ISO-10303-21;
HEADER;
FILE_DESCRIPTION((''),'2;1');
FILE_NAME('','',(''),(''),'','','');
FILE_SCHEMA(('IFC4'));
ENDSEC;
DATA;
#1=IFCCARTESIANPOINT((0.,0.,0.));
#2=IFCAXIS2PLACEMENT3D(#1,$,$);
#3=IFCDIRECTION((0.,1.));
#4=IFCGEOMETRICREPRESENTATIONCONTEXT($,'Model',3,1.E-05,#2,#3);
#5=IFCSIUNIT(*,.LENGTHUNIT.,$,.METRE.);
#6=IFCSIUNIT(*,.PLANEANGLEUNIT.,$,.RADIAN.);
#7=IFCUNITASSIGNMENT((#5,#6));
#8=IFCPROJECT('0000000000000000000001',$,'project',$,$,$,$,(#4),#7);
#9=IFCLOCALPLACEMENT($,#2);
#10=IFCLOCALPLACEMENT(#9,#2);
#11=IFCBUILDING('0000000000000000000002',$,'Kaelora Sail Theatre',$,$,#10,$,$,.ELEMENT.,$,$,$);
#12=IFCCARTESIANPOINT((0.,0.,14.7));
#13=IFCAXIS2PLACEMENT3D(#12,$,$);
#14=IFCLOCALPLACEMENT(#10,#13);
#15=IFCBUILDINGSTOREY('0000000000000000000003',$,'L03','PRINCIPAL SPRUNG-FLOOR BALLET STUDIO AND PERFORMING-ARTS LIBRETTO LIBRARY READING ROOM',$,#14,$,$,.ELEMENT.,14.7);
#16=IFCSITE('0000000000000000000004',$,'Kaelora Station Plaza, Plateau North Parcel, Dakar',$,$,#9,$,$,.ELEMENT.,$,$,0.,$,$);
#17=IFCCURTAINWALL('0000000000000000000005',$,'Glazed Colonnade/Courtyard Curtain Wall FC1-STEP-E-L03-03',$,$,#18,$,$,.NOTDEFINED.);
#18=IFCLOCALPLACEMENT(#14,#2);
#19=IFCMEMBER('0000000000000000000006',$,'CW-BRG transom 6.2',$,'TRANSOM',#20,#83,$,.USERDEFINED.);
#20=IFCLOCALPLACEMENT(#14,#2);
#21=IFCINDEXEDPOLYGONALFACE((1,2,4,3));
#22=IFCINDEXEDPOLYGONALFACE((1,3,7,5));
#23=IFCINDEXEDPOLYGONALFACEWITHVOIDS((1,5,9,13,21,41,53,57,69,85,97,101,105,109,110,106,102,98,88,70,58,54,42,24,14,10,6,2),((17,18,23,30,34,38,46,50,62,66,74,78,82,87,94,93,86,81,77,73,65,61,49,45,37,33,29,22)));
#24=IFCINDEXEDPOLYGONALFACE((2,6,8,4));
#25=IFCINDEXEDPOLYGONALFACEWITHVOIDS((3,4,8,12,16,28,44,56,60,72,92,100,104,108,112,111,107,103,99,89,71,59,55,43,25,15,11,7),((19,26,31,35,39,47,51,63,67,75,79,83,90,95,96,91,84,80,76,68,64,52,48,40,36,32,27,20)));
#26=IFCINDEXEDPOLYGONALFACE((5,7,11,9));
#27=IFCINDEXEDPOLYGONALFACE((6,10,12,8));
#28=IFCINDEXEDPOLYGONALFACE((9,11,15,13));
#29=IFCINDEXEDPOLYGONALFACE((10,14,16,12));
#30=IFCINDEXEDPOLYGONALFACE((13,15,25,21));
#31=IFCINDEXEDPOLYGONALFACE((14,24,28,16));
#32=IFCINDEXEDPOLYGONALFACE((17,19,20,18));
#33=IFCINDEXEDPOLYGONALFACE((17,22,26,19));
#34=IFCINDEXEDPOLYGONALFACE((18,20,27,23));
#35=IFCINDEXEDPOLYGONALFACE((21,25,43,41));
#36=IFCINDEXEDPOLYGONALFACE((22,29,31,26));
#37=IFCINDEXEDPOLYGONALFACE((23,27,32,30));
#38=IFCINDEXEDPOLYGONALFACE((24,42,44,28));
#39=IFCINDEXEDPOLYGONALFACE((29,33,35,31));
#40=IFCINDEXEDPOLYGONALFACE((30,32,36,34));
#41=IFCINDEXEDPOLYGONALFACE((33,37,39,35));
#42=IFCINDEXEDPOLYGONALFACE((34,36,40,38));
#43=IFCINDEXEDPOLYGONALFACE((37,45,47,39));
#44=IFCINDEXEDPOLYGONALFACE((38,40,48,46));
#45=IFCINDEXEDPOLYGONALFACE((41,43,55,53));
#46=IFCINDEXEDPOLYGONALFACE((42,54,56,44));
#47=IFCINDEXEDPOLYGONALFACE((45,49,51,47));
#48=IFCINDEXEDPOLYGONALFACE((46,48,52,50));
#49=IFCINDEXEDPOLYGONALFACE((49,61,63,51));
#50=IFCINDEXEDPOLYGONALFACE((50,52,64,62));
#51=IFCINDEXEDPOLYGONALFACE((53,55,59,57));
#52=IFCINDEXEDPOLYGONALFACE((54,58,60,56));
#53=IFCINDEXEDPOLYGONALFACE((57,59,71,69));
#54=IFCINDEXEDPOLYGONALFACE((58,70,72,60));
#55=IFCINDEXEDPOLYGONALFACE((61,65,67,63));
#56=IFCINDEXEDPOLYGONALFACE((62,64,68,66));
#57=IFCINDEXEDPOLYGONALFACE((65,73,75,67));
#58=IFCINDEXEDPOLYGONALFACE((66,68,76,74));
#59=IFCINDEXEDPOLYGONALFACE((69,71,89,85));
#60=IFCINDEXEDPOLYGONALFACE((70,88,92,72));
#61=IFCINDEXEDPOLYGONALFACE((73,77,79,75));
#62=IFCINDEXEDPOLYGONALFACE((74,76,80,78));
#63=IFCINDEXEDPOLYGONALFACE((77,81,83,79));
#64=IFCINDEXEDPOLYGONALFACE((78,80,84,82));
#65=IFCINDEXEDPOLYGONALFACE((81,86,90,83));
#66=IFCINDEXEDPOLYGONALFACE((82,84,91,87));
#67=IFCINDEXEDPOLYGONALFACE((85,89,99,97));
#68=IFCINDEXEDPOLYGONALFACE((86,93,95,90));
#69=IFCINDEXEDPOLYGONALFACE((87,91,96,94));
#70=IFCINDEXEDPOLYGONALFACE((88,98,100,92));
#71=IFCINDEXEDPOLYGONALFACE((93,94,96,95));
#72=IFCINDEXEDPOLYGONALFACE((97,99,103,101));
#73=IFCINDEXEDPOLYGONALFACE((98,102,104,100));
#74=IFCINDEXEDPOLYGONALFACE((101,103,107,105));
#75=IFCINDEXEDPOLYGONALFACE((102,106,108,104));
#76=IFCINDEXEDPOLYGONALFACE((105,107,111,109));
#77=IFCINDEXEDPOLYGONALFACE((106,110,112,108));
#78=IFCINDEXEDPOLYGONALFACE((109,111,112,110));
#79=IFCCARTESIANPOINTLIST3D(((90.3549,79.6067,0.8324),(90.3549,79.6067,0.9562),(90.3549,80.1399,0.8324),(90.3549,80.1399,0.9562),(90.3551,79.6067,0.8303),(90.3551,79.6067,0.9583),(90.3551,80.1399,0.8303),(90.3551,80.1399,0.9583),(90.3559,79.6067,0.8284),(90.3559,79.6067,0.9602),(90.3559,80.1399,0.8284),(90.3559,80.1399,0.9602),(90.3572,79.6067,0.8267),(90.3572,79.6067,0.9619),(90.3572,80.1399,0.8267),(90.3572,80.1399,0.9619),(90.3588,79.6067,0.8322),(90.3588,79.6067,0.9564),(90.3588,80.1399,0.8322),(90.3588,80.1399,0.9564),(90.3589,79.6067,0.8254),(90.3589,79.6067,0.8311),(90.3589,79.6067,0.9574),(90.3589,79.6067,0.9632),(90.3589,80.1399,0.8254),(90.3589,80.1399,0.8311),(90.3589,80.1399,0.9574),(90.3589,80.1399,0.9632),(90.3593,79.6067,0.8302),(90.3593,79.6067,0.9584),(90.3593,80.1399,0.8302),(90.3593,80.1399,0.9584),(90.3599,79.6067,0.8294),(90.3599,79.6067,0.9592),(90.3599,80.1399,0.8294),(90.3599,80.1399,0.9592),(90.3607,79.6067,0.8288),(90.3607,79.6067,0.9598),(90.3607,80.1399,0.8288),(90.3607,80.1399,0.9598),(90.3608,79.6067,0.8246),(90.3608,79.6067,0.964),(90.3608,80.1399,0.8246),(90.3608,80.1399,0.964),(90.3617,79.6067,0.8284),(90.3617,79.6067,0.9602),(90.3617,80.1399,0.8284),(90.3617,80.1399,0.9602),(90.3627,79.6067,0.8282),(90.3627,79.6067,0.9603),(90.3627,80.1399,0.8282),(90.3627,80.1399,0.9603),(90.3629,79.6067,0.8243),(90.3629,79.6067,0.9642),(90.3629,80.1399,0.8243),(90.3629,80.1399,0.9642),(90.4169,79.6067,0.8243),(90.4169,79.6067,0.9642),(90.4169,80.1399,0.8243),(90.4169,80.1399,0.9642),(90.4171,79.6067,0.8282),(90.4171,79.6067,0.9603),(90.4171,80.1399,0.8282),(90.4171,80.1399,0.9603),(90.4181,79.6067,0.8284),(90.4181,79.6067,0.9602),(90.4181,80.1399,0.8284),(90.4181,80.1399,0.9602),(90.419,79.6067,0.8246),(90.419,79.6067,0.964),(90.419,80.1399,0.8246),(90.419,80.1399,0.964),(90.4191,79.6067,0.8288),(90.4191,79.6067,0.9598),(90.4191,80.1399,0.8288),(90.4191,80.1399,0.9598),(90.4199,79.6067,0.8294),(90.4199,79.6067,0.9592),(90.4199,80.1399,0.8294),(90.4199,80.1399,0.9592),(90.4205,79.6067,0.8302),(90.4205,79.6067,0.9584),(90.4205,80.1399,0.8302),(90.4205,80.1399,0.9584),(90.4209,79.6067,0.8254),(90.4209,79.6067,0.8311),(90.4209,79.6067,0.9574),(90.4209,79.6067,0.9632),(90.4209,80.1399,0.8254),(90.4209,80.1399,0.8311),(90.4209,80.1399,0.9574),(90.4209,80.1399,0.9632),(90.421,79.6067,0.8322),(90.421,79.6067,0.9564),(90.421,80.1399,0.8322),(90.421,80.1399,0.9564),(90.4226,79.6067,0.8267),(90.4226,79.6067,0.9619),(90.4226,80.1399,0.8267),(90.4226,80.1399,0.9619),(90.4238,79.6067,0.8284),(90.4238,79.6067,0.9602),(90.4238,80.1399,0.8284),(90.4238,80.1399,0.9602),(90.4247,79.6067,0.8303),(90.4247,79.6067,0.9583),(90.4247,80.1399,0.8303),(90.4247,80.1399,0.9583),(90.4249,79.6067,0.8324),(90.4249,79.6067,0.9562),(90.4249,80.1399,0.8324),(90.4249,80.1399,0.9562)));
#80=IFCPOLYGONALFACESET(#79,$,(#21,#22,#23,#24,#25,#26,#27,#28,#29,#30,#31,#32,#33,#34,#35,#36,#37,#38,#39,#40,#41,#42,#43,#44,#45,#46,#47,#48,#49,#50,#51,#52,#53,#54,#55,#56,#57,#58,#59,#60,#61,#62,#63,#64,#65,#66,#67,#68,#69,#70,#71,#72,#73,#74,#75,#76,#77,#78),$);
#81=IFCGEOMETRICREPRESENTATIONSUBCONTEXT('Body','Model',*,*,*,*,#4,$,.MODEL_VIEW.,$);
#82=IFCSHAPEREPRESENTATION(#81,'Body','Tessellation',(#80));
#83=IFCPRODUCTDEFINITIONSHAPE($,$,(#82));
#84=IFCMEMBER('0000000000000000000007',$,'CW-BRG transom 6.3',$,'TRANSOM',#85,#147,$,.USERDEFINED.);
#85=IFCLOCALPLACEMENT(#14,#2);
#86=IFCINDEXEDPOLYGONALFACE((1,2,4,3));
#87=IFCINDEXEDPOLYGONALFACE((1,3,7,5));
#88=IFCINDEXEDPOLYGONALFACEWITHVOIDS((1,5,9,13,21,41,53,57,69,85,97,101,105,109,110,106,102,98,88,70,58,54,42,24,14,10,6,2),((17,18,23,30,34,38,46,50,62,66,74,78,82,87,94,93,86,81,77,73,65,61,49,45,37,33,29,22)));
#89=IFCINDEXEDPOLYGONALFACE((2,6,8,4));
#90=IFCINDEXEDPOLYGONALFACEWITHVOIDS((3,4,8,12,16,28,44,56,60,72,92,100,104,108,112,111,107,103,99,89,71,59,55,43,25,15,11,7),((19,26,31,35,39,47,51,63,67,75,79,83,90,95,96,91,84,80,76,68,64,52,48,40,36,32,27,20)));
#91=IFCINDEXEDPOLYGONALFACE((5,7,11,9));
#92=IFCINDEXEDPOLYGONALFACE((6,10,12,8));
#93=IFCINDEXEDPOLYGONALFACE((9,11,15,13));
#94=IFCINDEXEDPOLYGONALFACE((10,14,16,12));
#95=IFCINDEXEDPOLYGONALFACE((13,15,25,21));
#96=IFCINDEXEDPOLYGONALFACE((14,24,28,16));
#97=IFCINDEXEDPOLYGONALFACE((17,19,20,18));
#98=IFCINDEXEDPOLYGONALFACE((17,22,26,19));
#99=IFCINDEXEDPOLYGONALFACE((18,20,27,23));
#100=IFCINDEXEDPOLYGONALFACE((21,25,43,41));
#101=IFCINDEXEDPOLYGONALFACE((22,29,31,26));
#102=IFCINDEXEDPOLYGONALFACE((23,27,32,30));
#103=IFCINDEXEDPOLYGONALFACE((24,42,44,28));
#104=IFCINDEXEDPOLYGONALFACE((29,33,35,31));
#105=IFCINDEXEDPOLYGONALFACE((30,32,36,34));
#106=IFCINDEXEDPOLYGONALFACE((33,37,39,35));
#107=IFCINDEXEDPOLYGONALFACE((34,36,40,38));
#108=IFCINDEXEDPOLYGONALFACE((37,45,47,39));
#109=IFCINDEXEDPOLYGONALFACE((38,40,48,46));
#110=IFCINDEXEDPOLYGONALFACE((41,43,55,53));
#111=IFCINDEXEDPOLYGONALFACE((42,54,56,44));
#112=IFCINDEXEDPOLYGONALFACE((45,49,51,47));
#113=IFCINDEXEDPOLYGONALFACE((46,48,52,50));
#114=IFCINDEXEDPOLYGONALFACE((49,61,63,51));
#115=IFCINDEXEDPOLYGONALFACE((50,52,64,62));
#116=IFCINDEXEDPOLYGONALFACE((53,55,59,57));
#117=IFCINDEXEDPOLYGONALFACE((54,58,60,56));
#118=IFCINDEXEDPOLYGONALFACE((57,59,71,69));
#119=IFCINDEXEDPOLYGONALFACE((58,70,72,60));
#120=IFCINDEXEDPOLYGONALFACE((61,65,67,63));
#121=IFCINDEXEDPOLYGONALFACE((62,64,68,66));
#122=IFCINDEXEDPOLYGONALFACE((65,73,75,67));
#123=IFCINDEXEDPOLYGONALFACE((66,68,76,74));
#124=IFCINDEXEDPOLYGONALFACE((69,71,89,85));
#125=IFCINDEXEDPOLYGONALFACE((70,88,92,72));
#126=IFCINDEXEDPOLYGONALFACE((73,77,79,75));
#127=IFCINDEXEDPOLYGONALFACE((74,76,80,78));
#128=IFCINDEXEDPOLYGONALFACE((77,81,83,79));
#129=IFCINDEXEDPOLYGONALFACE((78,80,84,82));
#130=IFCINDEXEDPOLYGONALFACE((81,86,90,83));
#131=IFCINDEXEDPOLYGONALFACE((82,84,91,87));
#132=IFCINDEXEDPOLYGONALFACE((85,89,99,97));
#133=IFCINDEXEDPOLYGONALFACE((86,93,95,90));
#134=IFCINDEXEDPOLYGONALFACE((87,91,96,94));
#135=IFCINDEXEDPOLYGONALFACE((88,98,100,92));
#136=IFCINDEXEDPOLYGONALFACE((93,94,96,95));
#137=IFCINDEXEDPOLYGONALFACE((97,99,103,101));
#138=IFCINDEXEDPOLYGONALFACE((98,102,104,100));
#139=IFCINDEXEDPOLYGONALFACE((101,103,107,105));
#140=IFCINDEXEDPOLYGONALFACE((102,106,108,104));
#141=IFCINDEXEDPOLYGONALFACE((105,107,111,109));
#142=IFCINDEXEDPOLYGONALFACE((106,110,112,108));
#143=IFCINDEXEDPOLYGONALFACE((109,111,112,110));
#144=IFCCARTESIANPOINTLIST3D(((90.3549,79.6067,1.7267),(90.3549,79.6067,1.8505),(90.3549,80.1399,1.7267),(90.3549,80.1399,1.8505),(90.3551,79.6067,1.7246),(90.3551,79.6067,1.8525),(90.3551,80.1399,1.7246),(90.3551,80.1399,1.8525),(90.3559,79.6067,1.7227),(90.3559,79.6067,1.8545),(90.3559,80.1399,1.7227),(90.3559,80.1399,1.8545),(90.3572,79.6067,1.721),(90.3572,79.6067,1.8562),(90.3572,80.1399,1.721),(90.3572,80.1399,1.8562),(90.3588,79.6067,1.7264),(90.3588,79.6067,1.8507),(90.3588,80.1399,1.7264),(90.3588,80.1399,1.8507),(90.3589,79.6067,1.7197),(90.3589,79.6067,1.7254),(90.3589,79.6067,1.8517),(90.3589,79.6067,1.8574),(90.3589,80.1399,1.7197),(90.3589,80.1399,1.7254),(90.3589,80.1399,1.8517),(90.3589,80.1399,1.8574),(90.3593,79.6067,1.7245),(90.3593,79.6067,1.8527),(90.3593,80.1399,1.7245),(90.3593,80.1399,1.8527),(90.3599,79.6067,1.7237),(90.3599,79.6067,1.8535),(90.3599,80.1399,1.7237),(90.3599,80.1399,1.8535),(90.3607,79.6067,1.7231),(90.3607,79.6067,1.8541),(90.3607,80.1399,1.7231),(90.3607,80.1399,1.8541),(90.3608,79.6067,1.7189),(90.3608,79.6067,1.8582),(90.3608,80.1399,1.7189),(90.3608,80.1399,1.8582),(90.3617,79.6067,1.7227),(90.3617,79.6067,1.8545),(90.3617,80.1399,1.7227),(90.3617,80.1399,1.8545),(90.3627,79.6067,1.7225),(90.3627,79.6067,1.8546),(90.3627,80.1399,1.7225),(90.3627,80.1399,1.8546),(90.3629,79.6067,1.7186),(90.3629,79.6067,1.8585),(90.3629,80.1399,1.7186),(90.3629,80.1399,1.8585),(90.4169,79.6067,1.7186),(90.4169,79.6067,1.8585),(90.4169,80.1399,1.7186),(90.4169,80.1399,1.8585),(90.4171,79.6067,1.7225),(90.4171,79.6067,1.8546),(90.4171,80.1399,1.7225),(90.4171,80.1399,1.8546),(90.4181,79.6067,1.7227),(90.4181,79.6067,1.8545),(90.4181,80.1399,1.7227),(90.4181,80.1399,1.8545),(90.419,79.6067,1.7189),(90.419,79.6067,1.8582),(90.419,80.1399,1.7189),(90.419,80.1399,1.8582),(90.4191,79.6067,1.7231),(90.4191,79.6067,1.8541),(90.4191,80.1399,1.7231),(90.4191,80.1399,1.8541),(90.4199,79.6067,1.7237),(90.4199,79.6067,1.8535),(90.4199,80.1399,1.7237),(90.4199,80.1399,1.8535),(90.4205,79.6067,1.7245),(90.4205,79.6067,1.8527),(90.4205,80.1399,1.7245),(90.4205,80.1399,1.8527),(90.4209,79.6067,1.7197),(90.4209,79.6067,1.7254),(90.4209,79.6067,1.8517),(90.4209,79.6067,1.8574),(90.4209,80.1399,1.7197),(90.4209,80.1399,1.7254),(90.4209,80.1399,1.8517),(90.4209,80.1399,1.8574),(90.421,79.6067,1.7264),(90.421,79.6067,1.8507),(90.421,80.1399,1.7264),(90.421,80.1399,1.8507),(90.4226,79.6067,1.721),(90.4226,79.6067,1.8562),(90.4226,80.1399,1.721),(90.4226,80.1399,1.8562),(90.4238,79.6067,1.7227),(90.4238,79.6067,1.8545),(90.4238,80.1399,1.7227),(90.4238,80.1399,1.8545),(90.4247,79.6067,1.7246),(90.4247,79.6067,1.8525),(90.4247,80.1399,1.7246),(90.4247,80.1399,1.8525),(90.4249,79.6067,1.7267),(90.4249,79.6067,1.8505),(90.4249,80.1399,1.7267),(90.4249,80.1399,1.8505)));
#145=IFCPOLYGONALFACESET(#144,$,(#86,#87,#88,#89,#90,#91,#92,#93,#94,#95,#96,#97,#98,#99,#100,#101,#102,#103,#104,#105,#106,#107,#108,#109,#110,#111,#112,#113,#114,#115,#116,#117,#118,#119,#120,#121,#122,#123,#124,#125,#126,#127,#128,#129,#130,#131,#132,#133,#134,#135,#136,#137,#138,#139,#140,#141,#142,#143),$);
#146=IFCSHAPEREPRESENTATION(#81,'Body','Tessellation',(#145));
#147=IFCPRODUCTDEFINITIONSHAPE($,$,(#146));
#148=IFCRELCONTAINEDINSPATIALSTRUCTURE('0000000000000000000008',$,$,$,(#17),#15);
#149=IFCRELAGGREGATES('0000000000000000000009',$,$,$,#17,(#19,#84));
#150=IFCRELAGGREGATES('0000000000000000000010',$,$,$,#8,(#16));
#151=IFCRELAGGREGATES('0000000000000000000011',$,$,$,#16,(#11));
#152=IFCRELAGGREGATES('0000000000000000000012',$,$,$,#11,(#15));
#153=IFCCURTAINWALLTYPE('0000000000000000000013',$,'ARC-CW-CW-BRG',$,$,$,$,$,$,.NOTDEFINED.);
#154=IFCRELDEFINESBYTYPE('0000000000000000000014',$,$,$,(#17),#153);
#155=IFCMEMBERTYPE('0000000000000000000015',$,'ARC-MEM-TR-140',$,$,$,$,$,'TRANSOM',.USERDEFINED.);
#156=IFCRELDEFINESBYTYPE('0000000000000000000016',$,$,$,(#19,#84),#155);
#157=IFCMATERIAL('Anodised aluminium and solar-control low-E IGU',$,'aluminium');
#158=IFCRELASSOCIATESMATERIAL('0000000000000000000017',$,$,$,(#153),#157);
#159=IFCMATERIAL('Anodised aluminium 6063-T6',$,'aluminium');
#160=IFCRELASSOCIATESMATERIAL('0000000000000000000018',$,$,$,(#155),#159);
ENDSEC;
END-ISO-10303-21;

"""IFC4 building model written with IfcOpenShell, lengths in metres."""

from ifc_helpers import new_model, si_unit, direction, frame, origin, origin_2d, place, context, subcontext, project, spatial, hollow_rectangle, extrude, material, material_profile, profile_set, type_object, element, aggregate, save


model = new_model("IFC4")

# Units and contexts
model_context = context("Model", 3, precision=1e-05, world=origin(), true_north=direction((0.0, 1.0)))
body_context = subcontext(model_context, "Body", "Model", "MODEL_VIEW")
ifc_project = project(units=[si_unit("LENGTHUNIT", "METRE"), si_unit("PLANEANGLEUNIT", "RADIAN")], contexts=[model_context])

# Site, building, storey
site_placement = place(None, origin())
site = spatial("IfcSite", under=ifc_project, at=site_placement, Name="Kaelora Station Plaza, Plateau North Parcel, Dakar", CompositionType="ELEMENT", RefElevation=0.0)
building_placement = place(site_placement, origin())
building = spatial("IfcBuilding", under=site, at=building_placement, Name="Kaelora Sail Theatre", CompositionType="ELEMENT")
storey_placement = place(building_placement, frame((0.0, 0.0, 14.7)))
storey = spatial("IfcBuildingStorey", under=building, at=storey_placement, Name="L03", Description="PRINCIPAL SPRUNG-FLOOR BALLET STUDIO AND PERFORMING-ARTS LIBRETTO LIBRARY READING ROOM", CompositionType="ELEMENT", Elevation=14.7)

# Curtain wall, members
ifc_material_1 = material(Name="Anodised aluminium and solar-control low-E IGU", Category="aluminium")
curtain_wall_type = type_object("IfcCurtainWallType", Name="ARC-CW-CW-BRG", PredefinedType="NOTDEFINED", material=ifc_material_1)
curtain_wall_placement = place(storey_placement, origin())
curtain_wall = element("IfcCurtainWall", 1, at=curtain_wall_placement, inside=storey, type_object=curtain_wall_type, Name="Glazed Colonnade/Courtyard Curtain Wall FC1-STEP-E-L03-03", PredefinedType="NOTDEFINED")
ifc_material_2 = material(Name="Anodised aluminium 6063-T6", Category="aluminium")
ifc_material_profile_1 = material_profile(ifc_material_2, hollow_rectangle(XDim=0.0701, YDim=0.1399, WallThickness=0.0039, InnerFilletRadius=0.0039, OuterFilletRadius=0.0081, at=origin_2d()), Name="ALU-TRAN 70x140x4")
ifc_profile_set_1 = profile_set([ifc_material_profile_1], Name="Anodised aluminium 6063-T6")
member_type_1 = type_object("IfcMemberType", Name="ARC-MEM-TR-140", ElementType="TRANSOM", PredefinedType="USERDEFINED", material=ifc_profile_set_1)
member_1_placement = place(storey_placement, frame((90.3899, 79.6067, 0.8943), z_axis=(0.0, 1.0, 0.0), x_axis=(-1.0, 0.0, 0.0)))
member_1 = element("IfcMember", 2, at=member_1_placement, type_object=member_type_1, Name="CW-BRG transom 6.2", ObjectType="TRANSOM", PredefinedType="USERDEFINED", context=body_context, shape_type="SweptSolid", body=[
    extrude(hollow_rectangle(XDim=0.0701, YDim=0.1399, WallThickness=0.0039, InnerFilletRadius=0.0039, OuterFilletRadius=0.0081, at=origin_2d()), origin(), (0.0, 0.0, 1.0), 0.5332),
])
member_2_placement = place(storey_placement, frame((90.3899, 79.6067, 1.7886), z_axis=(0.0, 1.0, 0.0), x_axis=(-1.0, 0.0, 0.0)))
member_2 = element("IfcMember", 3, at=member_2_placement, type_object=member_type_1, Name="CW-BRG transom 6.3", ObjectType="TRANSOM", PredefinedType="USERDEFINED", context=body_context, shape_type="SweptSolid", body=[
    extrude(hollow_rectangle(XDim=0.0701, YDim=0.1399, WallThickness=0.0039, InnerFilletRadius=0.0039, OuterFilletRadius=0.0081, at=origin_2d()), origin(), (0.0, 0.0, 1.0), 0.5332),
])
aggregate(curtain_wall, [member_1, member_2])

save(model, "model.ifc")
